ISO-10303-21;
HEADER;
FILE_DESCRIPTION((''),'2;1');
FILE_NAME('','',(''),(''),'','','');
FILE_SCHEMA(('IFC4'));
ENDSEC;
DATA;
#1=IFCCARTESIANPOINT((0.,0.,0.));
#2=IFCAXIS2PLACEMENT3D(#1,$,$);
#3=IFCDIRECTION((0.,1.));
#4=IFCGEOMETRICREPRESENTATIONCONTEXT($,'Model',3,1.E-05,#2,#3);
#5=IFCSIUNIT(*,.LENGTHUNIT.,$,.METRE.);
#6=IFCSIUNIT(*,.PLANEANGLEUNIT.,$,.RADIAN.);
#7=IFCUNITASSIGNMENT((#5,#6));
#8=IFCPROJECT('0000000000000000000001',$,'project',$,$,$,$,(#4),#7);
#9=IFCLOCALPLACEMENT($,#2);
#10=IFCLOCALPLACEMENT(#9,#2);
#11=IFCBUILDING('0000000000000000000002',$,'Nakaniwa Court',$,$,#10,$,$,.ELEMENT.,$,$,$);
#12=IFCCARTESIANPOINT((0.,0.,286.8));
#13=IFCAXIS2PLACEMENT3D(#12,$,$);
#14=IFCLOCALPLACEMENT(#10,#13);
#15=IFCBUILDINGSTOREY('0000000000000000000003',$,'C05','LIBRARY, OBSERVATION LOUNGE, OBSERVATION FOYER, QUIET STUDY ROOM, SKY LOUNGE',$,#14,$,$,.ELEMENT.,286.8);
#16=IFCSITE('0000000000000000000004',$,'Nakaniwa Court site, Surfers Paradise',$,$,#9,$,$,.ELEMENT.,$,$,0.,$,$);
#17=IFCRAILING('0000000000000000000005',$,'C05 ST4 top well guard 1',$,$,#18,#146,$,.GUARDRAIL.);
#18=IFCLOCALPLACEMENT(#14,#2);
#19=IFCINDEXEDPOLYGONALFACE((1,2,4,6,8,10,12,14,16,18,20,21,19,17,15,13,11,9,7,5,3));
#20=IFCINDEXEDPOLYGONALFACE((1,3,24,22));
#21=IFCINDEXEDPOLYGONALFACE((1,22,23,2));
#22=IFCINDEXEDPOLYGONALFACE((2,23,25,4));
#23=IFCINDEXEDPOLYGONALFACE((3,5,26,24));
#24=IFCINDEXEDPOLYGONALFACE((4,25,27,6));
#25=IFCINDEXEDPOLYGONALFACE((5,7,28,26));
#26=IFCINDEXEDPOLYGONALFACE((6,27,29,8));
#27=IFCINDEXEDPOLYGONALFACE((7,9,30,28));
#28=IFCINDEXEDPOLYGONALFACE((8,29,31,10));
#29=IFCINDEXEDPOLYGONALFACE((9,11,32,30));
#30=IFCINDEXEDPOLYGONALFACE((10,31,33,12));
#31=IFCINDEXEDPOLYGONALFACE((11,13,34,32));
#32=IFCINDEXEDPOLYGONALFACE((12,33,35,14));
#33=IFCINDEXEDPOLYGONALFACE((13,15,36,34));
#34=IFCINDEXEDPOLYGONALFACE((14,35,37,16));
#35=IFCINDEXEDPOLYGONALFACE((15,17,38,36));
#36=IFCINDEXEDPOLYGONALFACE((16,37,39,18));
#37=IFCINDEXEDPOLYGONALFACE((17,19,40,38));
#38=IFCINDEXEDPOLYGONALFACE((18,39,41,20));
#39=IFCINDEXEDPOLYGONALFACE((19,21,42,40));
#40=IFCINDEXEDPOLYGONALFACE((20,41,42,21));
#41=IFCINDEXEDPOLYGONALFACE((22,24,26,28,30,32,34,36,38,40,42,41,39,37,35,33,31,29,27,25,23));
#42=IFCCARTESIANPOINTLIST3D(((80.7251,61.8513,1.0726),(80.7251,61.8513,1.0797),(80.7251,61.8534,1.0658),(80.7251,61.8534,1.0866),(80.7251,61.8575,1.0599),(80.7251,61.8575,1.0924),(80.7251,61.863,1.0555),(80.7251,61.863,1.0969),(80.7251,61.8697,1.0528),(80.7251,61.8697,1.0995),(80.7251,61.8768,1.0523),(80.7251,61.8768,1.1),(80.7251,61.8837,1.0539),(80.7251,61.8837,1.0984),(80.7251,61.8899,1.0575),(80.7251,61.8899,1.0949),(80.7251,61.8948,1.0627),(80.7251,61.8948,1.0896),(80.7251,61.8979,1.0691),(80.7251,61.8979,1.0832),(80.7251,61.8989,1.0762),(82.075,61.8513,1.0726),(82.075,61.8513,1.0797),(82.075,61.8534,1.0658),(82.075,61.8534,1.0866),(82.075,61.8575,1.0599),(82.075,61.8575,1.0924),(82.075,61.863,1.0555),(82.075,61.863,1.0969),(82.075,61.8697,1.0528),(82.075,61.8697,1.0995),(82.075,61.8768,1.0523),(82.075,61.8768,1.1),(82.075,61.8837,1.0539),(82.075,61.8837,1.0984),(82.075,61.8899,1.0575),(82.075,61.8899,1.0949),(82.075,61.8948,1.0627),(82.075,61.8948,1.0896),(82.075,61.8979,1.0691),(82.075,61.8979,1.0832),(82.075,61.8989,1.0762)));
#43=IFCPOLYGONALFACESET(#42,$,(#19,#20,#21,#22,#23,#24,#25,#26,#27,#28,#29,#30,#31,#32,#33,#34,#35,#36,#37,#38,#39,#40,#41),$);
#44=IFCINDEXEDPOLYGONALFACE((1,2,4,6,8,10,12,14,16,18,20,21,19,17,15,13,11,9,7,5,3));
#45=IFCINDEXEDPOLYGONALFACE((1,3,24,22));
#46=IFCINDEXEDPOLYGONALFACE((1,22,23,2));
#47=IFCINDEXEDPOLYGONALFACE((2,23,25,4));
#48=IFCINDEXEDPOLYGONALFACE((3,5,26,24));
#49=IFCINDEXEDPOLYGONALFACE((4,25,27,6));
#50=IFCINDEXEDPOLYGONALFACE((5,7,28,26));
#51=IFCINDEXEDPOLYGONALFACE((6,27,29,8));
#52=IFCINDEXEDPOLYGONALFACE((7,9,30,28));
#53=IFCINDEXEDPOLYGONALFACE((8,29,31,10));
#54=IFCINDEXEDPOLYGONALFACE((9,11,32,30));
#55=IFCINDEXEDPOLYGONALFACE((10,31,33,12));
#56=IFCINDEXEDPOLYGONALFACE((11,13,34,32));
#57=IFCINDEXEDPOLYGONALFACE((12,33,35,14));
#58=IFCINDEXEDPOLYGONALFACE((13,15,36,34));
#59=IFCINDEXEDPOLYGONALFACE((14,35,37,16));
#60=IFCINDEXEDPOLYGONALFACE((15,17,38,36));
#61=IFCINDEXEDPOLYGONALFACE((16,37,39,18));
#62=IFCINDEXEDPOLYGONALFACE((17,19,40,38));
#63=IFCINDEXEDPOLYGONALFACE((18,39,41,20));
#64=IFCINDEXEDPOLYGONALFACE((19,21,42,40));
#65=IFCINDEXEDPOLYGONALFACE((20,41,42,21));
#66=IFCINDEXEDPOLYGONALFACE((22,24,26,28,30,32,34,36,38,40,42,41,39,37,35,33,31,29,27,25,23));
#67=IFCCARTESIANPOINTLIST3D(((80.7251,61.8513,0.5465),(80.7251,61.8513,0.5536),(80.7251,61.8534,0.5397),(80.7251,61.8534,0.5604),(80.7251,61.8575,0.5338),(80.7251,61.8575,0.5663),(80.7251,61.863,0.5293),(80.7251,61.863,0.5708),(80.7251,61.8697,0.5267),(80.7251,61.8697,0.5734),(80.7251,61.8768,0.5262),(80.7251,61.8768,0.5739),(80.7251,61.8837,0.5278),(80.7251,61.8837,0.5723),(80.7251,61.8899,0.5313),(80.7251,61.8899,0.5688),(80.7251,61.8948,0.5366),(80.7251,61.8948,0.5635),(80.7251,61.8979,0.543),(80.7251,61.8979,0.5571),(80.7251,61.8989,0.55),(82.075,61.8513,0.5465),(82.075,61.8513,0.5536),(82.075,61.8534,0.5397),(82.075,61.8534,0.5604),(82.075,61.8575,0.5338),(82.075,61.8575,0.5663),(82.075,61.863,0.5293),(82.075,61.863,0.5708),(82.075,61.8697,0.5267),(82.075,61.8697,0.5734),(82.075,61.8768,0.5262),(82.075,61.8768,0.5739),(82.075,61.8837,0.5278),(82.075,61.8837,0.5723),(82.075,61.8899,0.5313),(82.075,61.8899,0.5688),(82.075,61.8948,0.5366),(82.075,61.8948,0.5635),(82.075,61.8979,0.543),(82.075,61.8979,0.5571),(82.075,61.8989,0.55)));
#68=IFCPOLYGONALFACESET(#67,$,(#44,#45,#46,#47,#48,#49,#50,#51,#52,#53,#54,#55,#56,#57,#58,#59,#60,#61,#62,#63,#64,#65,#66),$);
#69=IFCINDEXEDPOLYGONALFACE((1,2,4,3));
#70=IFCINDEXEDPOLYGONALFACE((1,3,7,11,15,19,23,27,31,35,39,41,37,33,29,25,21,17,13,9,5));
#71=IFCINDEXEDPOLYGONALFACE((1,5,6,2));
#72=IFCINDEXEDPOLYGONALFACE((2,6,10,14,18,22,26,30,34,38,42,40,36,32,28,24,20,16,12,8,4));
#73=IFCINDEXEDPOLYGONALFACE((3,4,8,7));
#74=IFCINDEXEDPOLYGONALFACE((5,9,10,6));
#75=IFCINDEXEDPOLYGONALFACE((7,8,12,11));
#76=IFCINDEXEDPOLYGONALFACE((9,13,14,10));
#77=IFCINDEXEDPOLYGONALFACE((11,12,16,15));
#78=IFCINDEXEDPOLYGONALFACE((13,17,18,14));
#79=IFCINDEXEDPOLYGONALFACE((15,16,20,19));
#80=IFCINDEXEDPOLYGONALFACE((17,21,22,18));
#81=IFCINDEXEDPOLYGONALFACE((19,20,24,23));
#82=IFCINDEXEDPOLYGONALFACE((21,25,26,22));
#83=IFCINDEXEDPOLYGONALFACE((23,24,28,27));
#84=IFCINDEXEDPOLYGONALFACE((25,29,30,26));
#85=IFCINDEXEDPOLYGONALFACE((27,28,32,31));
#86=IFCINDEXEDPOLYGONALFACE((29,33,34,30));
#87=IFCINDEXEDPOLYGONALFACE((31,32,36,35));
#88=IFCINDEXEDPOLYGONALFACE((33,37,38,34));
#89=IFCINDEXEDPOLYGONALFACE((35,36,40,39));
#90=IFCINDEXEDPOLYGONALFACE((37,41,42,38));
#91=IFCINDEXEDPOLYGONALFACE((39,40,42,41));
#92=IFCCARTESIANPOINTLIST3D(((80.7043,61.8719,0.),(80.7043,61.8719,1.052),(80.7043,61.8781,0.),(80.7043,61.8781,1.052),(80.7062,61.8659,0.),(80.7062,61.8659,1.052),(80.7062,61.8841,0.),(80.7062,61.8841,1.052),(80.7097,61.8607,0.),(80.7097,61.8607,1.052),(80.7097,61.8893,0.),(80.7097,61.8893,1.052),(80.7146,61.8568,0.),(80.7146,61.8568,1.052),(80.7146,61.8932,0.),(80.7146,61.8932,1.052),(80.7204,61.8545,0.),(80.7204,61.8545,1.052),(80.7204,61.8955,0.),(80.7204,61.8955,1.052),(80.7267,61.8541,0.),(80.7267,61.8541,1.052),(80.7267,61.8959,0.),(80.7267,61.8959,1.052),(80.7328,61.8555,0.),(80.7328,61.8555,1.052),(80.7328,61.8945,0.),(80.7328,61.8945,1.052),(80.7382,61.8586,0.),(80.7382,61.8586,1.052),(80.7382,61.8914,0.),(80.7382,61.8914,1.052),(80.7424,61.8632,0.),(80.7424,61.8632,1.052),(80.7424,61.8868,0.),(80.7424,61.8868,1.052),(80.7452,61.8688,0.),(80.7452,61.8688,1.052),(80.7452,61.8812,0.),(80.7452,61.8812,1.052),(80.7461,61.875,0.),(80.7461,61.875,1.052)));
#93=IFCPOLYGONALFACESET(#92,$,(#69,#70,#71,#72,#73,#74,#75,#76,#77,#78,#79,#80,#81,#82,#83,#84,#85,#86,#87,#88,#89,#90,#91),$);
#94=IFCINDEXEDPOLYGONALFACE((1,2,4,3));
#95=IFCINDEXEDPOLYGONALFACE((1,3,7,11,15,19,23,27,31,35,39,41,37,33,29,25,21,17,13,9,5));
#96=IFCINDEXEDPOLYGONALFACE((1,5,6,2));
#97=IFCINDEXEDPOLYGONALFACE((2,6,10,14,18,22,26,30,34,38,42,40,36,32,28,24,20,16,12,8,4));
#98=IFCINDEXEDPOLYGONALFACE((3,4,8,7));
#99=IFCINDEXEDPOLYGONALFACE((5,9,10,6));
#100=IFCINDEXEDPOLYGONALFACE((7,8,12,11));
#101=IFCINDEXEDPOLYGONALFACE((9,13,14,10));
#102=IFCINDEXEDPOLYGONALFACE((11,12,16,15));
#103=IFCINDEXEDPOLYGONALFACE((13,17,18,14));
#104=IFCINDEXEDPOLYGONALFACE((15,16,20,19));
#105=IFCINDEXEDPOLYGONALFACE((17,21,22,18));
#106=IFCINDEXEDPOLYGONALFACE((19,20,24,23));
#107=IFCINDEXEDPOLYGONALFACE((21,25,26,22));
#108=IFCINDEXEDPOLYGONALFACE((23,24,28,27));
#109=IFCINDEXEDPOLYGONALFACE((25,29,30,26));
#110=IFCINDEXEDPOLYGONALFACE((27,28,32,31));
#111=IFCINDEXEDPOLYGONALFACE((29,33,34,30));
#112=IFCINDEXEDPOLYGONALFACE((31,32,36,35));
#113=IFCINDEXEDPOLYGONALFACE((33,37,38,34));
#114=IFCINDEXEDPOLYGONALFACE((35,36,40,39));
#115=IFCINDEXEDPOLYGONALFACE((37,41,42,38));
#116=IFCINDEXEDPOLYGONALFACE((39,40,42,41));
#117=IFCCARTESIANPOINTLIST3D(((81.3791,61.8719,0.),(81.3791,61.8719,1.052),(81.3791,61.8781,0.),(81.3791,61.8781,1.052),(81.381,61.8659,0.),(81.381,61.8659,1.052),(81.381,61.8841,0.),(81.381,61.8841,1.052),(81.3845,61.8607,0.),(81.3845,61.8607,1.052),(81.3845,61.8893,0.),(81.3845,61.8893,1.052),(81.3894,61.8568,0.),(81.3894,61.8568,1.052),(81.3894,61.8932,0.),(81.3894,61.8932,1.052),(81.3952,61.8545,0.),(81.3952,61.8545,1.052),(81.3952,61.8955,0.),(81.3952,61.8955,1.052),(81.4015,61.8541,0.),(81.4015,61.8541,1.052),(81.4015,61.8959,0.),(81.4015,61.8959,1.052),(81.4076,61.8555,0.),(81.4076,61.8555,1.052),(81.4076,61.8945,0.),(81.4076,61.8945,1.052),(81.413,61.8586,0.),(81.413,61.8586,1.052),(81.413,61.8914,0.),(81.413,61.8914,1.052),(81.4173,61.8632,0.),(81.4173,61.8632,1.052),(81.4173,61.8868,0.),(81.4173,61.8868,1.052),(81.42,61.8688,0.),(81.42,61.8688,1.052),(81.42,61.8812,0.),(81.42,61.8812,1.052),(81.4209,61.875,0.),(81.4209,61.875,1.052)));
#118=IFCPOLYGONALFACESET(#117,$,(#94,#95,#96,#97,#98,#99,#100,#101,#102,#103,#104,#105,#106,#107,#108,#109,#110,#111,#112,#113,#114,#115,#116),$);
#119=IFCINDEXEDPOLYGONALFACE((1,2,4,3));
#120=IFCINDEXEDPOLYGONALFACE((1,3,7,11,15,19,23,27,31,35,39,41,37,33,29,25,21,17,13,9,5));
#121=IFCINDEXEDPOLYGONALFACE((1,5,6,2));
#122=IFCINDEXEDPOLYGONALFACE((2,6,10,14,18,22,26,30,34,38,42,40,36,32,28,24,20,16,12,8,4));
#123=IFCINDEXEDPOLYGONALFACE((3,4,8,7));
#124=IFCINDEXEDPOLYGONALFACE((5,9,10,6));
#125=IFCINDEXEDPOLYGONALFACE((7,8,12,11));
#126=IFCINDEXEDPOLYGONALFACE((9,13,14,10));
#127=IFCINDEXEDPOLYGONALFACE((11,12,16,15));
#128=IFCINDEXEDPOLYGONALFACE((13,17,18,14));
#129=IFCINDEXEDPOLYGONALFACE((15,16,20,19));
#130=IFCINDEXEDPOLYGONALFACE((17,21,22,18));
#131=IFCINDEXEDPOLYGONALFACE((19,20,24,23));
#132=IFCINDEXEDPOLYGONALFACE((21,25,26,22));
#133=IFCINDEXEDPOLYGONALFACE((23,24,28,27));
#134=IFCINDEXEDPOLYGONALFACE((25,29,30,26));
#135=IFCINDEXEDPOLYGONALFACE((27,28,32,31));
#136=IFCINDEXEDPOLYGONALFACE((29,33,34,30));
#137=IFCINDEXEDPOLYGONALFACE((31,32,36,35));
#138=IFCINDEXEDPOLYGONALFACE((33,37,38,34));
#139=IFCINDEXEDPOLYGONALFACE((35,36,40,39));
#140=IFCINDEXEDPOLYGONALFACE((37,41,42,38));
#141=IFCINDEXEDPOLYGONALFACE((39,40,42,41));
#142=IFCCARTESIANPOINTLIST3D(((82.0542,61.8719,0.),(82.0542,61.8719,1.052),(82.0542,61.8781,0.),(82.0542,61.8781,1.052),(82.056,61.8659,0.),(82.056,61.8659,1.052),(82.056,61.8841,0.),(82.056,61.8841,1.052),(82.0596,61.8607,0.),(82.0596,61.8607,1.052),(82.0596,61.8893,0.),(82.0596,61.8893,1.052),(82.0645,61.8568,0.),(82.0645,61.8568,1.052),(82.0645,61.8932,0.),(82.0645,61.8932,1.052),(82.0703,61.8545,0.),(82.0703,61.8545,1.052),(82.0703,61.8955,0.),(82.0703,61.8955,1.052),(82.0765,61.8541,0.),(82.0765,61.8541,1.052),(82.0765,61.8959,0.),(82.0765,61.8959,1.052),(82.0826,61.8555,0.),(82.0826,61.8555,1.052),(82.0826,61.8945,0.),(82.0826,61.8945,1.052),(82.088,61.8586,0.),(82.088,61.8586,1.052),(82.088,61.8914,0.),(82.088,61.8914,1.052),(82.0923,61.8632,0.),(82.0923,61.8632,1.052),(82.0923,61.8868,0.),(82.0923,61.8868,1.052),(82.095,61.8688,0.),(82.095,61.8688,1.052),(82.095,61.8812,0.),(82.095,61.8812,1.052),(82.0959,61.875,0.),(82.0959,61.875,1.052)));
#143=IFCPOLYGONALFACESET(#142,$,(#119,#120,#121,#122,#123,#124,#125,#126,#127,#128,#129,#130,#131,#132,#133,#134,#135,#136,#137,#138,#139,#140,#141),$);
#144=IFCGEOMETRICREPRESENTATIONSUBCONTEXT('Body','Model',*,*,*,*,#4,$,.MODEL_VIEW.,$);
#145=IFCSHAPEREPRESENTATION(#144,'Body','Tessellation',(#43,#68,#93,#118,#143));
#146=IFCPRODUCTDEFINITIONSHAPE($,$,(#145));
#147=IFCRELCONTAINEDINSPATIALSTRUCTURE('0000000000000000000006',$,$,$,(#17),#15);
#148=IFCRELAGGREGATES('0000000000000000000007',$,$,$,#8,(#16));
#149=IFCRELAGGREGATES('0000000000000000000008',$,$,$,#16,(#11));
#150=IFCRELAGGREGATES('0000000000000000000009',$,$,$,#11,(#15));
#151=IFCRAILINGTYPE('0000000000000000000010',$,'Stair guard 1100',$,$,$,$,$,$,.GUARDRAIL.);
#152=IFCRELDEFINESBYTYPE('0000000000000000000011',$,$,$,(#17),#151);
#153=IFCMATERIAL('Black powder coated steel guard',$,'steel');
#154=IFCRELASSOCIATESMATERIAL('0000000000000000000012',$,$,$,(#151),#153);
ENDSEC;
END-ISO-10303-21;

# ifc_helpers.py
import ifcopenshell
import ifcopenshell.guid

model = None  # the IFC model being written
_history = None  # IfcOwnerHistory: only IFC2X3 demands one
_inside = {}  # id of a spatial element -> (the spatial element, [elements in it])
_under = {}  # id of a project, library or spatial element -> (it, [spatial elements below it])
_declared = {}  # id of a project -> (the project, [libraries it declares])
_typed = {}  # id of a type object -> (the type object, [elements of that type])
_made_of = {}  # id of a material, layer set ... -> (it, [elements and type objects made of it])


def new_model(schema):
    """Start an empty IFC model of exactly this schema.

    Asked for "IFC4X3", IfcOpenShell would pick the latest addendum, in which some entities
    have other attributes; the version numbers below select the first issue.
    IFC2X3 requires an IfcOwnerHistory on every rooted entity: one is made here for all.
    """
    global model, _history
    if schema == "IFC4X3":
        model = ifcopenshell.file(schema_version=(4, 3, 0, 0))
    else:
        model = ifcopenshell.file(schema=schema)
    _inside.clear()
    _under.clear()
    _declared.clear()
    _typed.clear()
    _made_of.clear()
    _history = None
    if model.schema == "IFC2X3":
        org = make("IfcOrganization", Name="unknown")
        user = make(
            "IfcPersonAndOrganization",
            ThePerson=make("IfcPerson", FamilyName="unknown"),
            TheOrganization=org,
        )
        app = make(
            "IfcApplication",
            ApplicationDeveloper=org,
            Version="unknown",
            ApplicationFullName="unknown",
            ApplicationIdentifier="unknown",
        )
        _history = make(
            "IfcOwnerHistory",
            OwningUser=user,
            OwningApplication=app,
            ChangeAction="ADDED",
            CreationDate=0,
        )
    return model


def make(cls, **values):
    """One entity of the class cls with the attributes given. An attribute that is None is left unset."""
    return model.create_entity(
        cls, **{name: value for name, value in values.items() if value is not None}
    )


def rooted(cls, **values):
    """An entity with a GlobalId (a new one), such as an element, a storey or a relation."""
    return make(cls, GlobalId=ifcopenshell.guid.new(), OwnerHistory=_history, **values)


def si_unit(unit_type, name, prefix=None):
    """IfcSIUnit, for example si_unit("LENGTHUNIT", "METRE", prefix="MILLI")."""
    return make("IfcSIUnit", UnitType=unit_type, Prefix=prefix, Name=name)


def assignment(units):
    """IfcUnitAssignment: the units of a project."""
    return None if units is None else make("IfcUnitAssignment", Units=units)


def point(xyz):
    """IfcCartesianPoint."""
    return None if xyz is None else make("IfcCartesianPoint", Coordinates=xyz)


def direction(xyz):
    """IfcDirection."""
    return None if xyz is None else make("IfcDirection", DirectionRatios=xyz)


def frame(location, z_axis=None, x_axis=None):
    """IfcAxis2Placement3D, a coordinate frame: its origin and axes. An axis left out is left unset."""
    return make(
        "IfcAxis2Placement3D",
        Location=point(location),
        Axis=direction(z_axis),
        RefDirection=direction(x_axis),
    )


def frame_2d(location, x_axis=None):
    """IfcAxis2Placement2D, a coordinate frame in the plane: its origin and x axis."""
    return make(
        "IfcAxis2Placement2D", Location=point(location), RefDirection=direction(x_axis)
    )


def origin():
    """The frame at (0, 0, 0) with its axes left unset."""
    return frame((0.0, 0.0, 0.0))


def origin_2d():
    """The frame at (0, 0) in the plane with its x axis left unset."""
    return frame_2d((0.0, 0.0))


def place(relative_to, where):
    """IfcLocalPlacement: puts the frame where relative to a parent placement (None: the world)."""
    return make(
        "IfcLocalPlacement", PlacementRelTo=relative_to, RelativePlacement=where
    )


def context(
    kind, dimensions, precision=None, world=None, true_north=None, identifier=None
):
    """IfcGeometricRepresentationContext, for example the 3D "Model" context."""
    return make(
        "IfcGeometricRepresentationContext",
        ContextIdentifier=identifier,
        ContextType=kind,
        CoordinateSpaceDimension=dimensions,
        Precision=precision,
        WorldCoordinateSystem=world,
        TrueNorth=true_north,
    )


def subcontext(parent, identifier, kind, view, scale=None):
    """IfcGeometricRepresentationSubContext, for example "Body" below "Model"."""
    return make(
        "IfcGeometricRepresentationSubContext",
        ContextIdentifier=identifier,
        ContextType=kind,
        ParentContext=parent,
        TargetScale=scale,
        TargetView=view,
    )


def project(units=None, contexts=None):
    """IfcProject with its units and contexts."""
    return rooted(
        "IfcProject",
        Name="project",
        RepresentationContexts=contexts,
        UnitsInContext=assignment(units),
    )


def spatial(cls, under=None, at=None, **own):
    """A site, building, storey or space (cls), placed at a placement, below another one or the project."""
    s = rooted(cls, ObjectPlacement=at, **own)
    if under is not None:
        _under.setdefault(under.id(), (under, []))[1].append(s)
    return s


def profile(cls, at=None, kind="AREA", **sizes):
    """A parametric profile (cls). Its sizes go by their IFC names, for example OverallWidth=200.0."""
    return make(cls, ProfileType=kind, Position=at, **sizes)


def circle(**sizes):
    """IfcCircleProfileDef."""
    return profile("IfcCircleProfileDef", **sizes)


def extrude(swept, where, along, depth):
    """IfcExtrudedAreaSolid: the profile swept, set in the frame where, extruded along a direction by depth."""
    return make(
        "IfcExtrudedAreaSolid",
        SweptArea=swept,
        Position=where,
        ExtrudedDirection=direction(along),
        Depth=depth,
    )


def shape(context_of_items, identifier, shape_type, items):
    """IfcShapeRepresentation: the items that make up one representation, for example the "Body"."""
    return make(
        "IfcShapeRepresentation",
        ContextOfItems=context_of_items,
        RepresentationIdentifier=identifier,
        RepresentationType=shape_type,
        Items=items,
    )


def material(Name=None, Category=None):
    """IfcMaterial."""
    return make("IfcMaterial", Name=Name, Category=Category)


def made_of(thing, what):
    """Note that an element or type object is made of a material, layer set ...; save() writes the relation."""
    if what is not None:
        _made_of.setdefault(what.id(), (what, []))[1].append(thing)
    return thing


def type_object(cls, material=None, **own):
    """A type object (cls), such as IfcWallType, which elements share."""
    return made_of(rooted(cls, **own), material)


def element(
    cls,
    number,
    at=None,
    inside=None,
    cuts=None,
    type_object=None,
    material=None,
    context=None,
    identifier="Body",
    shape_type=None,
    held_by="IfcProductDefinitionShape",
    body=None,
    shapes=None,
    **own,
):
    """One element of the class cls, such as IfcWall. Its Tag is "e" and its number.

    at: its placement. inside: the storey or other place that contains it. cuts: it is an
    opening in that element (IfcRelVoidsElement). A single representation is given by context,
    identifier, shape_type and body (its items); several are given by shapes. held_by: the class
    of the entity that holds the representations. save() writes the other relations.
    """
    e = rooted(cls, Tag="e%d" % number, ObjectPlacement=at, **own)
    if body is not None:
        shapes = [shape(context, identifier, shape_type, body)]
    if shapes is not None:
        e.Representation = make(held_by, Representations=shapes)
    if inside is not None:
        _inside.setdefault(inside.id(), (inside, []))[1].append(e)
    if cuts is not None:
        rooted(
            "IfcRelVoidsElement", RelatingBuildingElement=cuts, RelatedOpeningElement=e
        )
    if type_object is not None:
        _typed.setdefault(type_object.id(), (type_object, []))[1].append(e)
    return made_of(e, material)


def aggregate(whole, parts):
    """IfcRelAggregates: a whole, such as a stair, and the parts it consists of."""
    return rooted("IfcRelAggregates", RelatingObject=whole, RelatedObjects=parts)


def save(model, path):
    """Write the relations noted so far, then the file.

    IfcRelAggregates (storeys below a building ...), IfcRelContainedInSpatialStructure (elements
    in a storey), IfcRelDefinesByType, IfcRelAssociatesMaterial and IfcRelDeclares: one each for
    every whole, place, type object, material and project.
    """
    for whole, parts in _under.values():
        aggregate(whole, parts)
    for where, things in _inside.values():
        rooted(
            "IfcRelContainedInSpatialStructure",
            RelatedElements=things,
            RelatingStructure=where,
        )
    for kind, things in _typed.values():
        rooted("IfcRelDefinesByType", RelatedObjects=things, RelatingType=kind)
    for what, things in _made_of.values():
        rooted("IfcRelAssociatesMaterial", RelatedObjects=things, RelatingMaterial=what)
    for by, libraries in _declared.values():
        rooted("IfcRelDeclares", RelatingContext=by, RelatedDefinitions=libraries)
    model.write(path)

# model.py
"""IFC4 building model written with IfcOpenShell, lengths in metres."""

from ifc_helpers import new_model, si_unit, direction, frame, origin, origin_2d, place, context, subcontext, project, spatial, circle, extrude, material, type_object, element, save


model = new_model("IFC4")

# Units and contexts
model_context = context("Model", 3, precision=1e-05, world=origin(), true_north=direction((0.0, 1.0)))
body_context = subcontext(model_context, "Body", "Model", "MODEL_VIEW")
ifc_project = project(units=[si_unit("LENGTHUNIT", "METRE"), si_unit("PLANEANGLEUNIT", "RADIAN")], contexts=[model_context])

# Site, building, storey
site_placement = place(None, origin())
site = spatial("IfcSite", under=ifc_project, at=site_placement, Name="Nakaniwa Court site, Surfers Paradise", CompositionType="ELEMENT", RefElevation=0.0)
building_placement = place(site_placement, origin())
building = spatial("IfcBuilding", under=site, at=building_placement, Name="Nakaniwa Court", CompositionType="ELEMENT")
storey_placement = place(building_placement, frame((0.0, 0.0, 286.8)))
storey = spatial("IfcBuildingStorey", under=building, at=storey_placement, Name="C05", Description="LIBRARY, OBSERVATION LOUNGE, OBSERVATION FOYER, QUIET STUDY ROOM, SKY LOUNGE", CompositionType="ELEMENT", Elevation=286.8)

# Railing
ifc_material_1 = material(Name="Black powder coated steel guard", Category="steel")
railing_type = type_object("IfcRailingType", Name="Stair guard 1100", PredefinedType="GUARDRAIL", material=ifc_material_1)
for number, where, name in (
    (1, (80.7251, 61.875, 0.0), "C05 ST4 top well guard 1"),
):
    element("IfcRailing", number, at=place(storey_placement, frame(where)), inside=storey, type_object=railing_type, Name=name, PredefinedType="GUARDRAIL", context=body_context, shape_type="SweptSolid", body=[
        extrude(circle(Radius=0.0239, at=origin_2d()), frame((0.0, 0.0, 1.0762), z_axis=(1.0, 0.0, 0.0), x_axis=(0.0, 1.0, 0.0)), (0.0, 0.0, 1.0), 1.3499),
        extrude(circle(Radius=0.0239, at=origin_2d()), frame((0.0, 0.0, 0.55), z_axis=(1.0, 0.0, 0.0), x_axis=(0.0, 1.0, 0.0)), (0.0, 0.0, 1.0), 1.3499),
        extrude(circle(Radius=0.021, at=origin_2d()), origin(), (0.0, 0.0, 1.0), 1.052),
        extrude(circle(Radius=0.021, at=origin_2d()), frame((0.6748, 0.0, 0.0)), (0.0, 0.0, 1.0), 1.052),
        extrude(circle(Radius=0.021, at=origin_2d()), frame((1.3499, 0.0, 0.0)), (0.0, 0.0, 1.0), 1.052),
    ])

save(model, "model.ifc")
